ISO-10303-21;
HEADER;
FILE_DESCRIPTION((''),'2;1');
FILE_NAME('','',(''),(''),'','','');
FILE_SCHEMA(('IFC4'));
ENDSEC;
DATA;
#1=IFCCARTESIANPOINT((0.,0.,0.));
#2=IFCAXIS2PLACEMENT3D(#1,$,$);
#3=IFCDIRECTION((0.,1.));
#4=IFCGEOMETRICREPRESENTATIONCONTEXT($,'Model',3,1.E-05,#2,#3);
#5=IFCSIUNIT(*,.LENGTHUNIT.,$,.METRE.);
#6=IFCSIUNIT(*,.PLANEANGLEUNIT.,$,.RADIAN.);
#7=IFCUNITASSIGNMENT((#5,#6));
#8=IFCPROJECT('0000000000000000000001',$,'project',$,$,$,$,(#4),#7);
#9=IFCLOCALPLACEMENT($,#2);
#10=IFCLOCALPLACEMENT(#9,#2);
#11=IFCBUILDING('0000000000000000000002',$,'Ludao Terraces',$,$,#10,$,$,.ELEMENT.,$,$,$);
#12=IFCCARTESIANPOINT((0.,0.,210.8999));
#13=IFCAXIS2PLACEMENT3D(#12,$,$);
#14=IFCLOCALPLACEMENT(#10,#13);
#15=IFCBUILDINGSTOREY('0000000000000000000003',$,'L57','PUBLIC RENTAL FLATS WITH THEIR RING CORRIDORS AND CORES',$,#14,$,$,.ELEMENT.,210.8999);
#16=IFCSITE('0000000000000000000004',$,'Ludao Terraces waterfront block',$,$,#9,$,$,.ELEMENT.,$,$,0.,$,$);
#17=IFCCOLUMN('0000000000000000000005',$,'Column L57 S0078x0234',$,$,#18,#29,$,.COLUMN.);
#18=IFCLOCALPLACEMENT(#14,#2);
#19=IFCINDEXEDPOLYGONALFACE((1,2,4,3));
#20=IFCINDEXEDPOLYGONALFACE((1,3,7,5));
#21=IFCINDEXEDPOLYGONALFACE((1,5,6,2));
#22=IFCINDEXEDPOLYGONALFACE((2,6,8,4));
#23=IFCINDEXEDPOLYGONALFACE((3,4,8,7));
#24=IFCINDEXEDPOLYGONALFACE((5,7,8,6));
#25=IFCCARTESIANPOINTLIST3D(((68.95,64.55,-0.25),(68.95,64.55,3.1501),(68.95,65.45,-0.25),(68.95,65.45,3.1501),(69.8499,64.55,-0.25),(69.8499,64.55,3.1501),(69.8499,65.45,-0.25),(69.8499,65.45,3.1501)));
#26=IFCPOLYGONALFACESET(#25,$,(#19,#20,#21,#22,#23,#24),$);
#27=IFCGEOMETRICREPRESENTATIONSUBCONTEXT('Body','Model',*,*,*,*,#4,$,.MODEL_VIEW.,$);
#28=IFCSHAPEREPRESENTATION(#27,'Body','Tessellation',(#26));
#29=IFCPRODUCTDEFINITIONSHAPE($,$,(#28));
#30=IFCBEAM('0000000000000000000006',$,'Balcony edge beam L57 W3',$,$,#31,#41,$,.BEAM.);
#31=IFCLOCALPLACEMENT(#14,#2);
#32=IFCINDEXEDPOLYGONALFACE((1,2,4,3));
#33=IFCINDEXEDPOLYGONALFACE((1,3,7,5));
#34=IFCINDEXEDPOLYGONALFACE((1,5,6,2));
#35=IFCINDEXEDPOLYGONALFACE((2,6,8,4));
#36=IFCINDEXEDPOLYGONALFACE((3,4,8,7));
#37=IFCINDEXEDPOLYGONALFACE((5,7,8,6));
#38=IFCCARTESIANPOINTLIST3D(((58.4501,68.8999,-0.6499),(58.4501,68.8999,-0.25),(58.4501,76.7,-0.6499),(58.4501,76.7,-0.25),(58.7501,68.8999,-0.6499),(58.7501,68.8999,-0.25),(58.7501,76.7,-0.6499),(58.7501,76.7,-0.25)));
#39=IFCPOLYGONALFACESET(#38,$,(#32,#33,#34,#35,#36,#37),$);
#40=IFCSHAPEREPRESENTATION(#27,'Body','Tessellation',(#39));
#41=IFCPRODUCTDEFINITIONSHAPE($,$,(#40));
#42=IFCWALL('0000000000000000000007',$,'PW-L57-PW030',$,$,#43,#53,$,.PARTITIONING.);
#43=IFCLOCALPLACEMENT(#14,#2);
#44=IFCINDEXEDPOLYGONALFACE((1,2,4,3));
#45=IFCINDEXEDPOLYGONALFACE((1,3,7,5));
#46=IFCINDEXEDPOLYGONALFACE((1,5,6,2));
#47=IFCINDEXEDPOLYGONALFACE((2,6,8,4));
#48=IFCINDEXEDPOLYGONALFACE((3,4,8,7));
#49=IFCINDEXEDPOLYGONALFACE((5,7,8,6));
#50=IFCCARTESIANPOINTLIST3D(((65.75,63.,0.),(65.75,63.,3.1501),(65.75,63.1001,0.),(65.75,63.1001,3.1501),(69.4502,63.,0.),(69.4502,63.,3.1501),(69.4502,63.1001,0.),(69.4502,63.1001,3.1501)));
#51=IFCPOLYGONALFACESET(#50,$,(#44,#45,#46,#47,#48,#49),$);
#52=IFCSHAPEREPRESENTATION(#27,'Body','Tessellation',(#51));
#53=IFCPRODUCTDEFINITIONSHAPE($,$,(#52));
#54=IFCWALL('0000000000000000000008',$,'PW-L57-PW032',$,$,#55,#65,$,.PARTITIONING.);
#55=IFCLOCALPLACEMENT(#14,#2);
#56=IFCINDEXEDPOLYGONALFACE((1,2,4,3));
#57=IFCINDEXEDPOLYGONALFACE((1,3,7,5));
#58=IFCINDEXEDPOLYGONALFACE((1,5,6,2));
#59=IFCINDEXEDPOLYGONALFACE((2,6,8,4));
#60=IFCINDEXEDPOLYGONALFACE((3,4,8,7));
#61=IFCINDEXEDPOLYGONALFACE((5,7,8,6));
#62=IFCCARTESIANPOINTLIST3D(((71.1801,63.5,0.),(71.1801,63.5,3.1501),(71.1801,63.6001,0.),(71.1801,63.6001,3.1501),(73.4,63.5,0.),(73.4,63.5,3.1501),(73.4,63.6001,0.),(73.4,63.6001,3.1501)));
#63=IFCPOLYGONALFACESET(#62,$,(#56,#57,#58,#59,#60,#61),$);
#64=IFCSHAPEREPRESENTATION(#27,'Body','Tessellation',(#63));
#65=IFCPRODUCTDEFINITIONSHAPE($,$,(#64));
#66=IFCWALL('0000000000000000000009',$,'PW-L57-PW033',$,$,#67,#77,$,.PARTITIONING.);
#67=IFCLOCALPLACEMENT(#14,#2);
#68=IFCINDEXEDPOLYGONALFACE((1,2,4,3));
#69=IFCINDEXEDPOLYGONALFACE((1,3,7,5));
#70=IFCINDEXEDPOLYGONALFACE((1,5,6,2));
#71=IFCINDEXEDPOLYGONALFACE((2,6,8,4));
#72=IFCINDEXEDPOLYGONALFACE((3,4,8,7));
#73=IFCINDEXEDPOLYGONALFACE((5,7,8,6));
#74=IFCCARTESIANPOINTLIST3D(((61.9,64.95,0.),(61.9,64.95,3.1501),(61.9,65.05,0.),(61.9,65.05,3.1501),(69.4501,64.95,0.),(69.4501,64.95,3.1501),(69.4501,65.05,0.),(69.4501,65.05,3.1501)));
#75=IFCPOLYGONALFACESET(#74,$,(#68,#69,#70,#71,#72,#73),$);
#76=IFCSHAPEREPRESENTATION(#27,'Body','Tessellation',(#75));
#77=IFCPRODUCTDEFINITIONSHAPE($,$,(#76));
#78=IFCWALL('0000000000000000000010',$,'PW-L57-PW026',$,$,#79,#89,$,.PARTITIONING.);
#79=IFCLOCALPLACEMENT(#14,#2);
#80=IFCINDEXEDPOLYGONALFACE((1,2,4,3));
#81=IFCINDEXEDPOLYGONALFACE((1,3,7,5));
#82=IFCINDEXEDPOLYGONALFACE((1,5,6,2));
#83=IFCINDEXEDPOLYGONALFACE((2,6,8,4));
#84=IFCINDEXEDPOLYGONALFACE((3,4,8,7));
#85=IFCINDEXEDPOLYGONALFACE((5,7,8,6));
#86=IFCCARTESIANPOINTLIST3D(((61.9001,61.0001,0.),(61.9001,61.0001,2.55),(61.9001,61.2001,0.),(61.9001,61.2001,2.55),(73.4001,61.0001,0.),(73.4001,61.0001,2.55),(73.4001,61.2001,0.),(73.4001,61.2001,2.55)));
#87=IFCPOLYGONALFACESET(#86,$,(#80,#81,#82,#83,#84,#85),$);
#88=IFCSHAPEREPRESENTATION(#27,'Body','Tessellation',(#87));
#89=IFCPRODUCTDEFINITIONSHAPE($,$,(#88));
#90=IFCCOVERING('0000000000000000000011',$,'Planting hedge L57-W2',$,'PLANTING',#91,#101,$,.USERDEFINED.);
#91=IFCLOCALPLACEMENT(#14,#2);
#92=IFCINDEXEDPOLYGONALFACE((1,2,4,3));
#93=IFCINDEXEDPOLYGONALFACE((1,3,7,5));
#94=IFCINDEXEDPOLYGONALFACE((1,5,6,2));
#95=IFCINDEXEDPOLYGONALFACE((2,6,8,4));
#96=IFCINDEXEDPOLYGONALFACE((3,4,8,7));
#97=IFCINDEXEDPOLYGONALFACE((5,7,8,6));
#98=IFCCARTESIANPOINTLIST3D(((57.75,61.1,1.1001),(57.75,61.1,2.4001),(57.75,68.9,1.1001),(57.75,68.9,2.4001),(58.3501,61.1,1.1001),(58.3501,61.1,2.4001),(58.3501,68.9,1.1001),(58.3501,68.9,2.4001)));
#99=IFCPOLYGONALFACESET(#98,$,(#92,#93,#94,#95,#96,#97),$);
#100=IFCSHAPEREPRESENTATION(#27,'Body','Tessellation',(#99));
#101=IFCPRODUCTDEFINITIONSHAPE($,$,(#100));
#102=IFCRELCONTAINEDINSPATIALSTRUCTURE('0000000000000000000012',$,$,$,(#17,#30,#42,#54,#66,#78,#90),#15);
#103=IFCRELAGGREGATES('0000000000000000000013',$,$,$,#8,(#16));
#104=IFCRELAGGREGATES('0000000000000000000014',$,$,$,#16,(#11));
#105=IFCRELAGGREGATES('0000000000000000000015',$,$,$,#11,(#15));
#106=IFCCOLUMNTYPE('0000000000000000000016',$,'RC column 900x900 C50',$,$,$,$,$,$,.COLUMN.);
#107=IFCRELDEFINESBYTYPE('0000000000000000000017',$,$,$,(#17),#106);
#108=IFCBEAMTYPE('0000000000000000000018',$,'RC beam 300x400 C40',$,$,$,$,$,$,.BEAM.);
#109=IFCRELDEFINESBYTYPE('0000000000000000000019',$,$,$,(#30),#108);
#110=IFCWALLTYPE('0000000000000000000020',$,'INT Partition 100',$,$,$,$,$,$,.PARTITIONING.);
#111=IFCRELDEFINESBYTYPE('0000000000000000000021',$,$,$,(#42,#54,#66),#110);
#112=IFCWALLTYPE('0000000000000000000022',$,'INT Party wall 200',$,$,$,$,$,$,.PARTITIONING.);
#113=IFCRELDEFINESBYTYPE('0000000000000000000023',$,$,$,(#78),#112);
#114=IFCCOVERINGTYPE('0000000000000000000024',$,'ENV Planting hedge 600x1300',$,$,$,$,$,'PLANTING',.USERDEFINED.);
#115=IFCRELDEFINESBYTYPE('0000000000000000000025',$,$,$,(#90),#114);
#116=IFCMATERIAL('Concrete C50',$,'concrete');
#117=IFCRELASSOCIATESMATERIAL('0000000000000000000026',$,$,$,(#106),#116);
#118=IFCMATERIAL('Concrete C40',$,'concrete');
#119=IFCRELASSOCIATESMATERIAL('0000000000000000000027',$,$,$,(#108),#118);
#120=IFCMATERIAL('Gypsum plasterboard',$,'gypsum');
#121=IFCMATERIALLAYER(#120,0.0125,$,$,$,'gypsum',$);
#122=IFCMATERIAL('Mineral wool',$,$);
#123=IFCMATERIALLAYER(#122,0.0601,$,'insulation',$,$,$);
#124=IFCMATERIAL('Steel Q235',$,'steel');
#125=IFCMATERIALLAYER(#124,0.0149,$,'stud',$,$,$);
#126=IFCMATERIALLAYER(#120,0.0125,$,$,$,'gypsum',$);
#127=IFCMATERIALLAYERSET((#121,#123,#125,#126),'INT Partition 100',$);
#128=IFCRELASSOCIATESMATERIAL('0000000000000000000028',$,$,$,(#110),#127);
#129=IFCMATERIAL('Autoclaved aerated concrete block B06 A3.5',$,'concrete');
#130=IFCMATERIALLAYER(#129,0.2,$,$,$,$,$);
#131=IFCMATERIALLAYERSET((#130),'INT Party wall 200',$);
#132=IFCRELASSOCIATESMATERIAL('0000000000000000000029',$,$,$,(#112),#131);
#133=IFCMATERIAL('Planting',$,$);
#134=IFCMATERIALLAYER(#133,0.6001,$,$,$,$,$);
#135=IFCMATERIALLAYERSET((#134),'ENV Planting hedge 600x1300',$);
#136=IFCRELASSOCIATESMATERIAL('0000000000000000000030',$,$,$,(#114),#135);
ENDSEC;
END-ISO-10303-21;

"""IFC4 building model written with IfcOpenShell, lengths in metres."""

from ifc_helpers import new_model, si_unit, direction, frame, frame_2d, origin, origin_2d, place, context, subcontext, project, spatial, rectangle, extrude, material, layer, layer_set, material_profile, profile_set, type_object, element, save


model = new_model("IFC4")

# Units and contexts
model_context = context("Model", 3, precision=1e-05, world=origin(), true_north=direction((0.0, 1.0)))
body_context = subcontext(model_context, "Body", "Model", "MODEL_VIEW")
ifc_project = project(units=[si_unit("LENGTHUNIT", "METRE"), si_unit("PLANEANGLEUNIT", "RADIAN")], contexts=[model_context])

# Site, building, storey
site_placement = place(None, origin())
site = spatial("IfcSite", under=ifc_project, at=site_placement, Name="Ludao Terraces waterfront block", CompositionType="ELEMENT", RefElevation=0.0)
building_placement = place(site_placement, origin())
building = spatial("IfcBuilding", under=site, at=building_placement, Name="Ludao Terraces", CompositionType="ELEMENT")
storey_placement = place(building_placement, frame((0.0, 0.0, 210.8999)))
storey = spatial("IfcBuildingStorey", under=building, at=storey_placement, Name="L57", Description="PUBLIC RENTAL FLATS WITH THEIR RING CORRIDORS AND CORES", CompositionType="ELEMENT", Elevation=210.8999)

# Column
ifc_material_1 = material(Name="Concrete C50", Category="concrete")
ifc_material_profile_1 = material_profile(ifc_material_1, rectangle(XDim=0.8999, YDim=0.8999, at=origin_2d()), Name="900 X 900")
ifc_profile_set_1 = profile_set([ifc_material_profile_1], Name="Concrete C50")
column_type = type_object("IfcColumnType", Name="RC column 900x900 C50", PredefinedType="COLUMN", material=ifc_profile_set_1)
column_placement = place(storey_placement, frame((69.3999, 65.0, -0.25), z_axis=(0.0, 0.0, 1.0), x_axis=(1.0, 0.0, 0.0)))
element("IfcColumn", 1, at=column_placement, inside=storey, type_object=column_type, Name="Column L57 S0078x0234", PredefinedType="COLUMN", context=body_context, shape_type="SweptSolid", body=[
    extrude(rectangle(XDim=0.8999, YDim=0.8999, at=origin_2d()), origin(), (0.0, 0.0, 1.0), 3.4001),
])

# Beam
ifc_material_2 = material(Name="Concrete C40", Category="concrete")
ifc_material_profile_2 = material_profile(ifc_material_2, rectangle(XDim=0.3, YDim=0.3999, at=origin_2d()), Name="300 X 400")
ifc_profile_set_2 = profile_set([ifc_material_profile_2], Name="Concrete C40")
beam_type = type_object("IfcBeamType", Name="RC beam 300x400 C40", PredefinedType="BEAM", material=ifc_profile_set_2)
beam_placement = place(storey_placement, frame((58.6001, 68.8999, -0.45), z_axis=(0.0, 1.0, 0.0), x_axis=(-1.0, 0.0, 0.0)))
element("IfcBeam", 2, at=beam_placement, inside=storey, type_object=beam_type, Name="Balcony edge beam L57 W3", PredefinedType="BEAM", context=body_context, shape_type="SweptSolid", body=[
    extrude(rectangle(XDim=0.3, YDim=0.3999, at=origin_2d()), origin(), (0.0, 0.0, 1.0), 7.8),
])

# Shared definitions
ifc_material_3 = material(Name="Mineral wool")

# Walls
ifc_material_4 = material(Name="Gypsum plasterboard", Category="gypsum")
ifc_layer_1 = layer(ifc_material_4, 0.0125, Category="gypsum")
ifc_layer_2 = layer(ifc_material_3, 0.0601, Name="insulation")
ifc_material_5 = material(Name="Steel Q235", Category="steel")
ifc_layer_3 = layer(ifc_material_5, 0.0149, Name="stud")
ifc_layer_4 = layer(ifc_material_4, 0.0125, Category="gypsum")
ifc_layer_set_1 = layer_set([ifc_layer_1, ifc_layer_2, ifc_layer_3, ifc_layer_4], Name="INT Partition 100")
wall_type_1 = type_object("IfcWallType", Name="INT Partition 100", PredefinedType="PARTITIONING", material=ifc_layer_set_1)
wall_1_placement = place(storey_placement, frame((65.75, 63.05, 0.0), z_axis=(0.0, 0.0, 1.0), x_axis=(1.0, 0.0, 0.0)))
element("IfcWall", 3, at=wall_1_placement, inside=storey, type_object=wall_type_1, Name="PW-L57-PW030", PredefinedType="PARTITIONING", context=body_context, shape_type="SweptSolid", body=[
    extrude(rectangle(XDim=3.7002, YDim=0.1001, at=frame_2d((1.8501, 0.0))), origin(), (0.0, 0.0, 1.0), 3.1501),
])
wall_2_placement = place(storey_placement, frame((71.1802, 63.55, 0.0), z_axis=(0.0, 0.0, 1.0), x_axis=(1.0, 0.0, 0.0)))
element("IfcWall", 4, at=wall_2_placement, inside=storey, type_object=wall_type_1, Name="PW-L57-PW032", PredefinedType="PARTITIONING", context=body_context, shape_type="SweptSolid", body=[
    extrude(rectangle(XDim=2.22, YDim=0.1001, at=frame_2d((1.1099, 0.0))), origin(), (0.0, 0.0, 1.0), 3.1501),
])
wall_3_placement = place(storey_placement, frame((61.9001, 65.0, 0.0), z_axis=(0.0, 0.0, 1.0), x_axis=(1.0, 0.0, 0.0)))
element("IfcWall", 5, at=wall_3_placement, inside=storey, type_object=wall_type_1, Name="PW-L57-PW033", PredefinedType="PARTITIONING", context=body_context, shape_type="SweptSolid", body=[
    extrude(rectangle(XDim=7.55, YDim=0.1001, at=frame_2d((3.7749, 0.0))), origin(), (0.0, 0.0, 1.0), 3.1501),
])

# Wall
ifc_material_6 = material(Name="Autoclaved aerated concrete block B06 A3.5", Category="concrete")
ifc_layer_5 = layer(ifc_material_6, 0.2)
ifc_layer_set_2 = layer_set([ifc_layer_5], Name="INT Party wall 200")
wall_type_2 = type_object("IfcWallType", Name="INT Party wall 200", PredefinedType="PARTITIONING", material=ifc_layer_set_2)
wall_4_placement = place(storey_placement, frame((61.9001, 61.1001, 0.0), z_axis=(0.0, 0.0, 1.0), x_axis=(1.0, 0.0, 0.0)))
element("IfcWall", 6, at=wall_4_placement, inside=storey, type_object=wall_type_2, Name="PW-L57-PW026", PredefinedType="PARTITIONING", context=body_context, shape_type="SweptSolid", body=[
    extrude(rectangle(XDim=11.5, YDim=0.2, at=frame_2d((5.75, 0.0))), origin(), (0.0, 0.0, 1.0), 2.55),
])

# Covering
ifc_material_7 = material(Name="Planting")
ifc_layer_6 = layer(ifc_material_7, 0.6001)
ifc_layer_set_3 = layer_set([ifc_layer_6], Name="ENV Planting hedge 600x1300")
covering_type = type_object("IfcCoveringType", Name="ENV Planting hedge 600x1300", ElementType="PLANTING", PredefinedType="USERDEFINED", material=ifc_layer_set_3)
covering_placement = place(storey_placement, frame((58.05, 65.0, 1.1001), z_axis=(0.0, 0.0, 1.0), x_axis=(1.0, 0.0, 0.0)))
element("IfcCovering", 7, at=covering_placement, inside=storey, type_object=covering_type, Name="Planting hedge L57-W2", ObjectType="PLANTING", PredefinedType="USERDEFINED", context=body_context, shape_type="SweptSolid", body=[
    extrude(rectangle(XDim=0.6001, YDim=7.8, at=origin_2d()), origin(), (0.0, 0.0, 1.0), 1.3),
])

save(model, "model.ifc")
